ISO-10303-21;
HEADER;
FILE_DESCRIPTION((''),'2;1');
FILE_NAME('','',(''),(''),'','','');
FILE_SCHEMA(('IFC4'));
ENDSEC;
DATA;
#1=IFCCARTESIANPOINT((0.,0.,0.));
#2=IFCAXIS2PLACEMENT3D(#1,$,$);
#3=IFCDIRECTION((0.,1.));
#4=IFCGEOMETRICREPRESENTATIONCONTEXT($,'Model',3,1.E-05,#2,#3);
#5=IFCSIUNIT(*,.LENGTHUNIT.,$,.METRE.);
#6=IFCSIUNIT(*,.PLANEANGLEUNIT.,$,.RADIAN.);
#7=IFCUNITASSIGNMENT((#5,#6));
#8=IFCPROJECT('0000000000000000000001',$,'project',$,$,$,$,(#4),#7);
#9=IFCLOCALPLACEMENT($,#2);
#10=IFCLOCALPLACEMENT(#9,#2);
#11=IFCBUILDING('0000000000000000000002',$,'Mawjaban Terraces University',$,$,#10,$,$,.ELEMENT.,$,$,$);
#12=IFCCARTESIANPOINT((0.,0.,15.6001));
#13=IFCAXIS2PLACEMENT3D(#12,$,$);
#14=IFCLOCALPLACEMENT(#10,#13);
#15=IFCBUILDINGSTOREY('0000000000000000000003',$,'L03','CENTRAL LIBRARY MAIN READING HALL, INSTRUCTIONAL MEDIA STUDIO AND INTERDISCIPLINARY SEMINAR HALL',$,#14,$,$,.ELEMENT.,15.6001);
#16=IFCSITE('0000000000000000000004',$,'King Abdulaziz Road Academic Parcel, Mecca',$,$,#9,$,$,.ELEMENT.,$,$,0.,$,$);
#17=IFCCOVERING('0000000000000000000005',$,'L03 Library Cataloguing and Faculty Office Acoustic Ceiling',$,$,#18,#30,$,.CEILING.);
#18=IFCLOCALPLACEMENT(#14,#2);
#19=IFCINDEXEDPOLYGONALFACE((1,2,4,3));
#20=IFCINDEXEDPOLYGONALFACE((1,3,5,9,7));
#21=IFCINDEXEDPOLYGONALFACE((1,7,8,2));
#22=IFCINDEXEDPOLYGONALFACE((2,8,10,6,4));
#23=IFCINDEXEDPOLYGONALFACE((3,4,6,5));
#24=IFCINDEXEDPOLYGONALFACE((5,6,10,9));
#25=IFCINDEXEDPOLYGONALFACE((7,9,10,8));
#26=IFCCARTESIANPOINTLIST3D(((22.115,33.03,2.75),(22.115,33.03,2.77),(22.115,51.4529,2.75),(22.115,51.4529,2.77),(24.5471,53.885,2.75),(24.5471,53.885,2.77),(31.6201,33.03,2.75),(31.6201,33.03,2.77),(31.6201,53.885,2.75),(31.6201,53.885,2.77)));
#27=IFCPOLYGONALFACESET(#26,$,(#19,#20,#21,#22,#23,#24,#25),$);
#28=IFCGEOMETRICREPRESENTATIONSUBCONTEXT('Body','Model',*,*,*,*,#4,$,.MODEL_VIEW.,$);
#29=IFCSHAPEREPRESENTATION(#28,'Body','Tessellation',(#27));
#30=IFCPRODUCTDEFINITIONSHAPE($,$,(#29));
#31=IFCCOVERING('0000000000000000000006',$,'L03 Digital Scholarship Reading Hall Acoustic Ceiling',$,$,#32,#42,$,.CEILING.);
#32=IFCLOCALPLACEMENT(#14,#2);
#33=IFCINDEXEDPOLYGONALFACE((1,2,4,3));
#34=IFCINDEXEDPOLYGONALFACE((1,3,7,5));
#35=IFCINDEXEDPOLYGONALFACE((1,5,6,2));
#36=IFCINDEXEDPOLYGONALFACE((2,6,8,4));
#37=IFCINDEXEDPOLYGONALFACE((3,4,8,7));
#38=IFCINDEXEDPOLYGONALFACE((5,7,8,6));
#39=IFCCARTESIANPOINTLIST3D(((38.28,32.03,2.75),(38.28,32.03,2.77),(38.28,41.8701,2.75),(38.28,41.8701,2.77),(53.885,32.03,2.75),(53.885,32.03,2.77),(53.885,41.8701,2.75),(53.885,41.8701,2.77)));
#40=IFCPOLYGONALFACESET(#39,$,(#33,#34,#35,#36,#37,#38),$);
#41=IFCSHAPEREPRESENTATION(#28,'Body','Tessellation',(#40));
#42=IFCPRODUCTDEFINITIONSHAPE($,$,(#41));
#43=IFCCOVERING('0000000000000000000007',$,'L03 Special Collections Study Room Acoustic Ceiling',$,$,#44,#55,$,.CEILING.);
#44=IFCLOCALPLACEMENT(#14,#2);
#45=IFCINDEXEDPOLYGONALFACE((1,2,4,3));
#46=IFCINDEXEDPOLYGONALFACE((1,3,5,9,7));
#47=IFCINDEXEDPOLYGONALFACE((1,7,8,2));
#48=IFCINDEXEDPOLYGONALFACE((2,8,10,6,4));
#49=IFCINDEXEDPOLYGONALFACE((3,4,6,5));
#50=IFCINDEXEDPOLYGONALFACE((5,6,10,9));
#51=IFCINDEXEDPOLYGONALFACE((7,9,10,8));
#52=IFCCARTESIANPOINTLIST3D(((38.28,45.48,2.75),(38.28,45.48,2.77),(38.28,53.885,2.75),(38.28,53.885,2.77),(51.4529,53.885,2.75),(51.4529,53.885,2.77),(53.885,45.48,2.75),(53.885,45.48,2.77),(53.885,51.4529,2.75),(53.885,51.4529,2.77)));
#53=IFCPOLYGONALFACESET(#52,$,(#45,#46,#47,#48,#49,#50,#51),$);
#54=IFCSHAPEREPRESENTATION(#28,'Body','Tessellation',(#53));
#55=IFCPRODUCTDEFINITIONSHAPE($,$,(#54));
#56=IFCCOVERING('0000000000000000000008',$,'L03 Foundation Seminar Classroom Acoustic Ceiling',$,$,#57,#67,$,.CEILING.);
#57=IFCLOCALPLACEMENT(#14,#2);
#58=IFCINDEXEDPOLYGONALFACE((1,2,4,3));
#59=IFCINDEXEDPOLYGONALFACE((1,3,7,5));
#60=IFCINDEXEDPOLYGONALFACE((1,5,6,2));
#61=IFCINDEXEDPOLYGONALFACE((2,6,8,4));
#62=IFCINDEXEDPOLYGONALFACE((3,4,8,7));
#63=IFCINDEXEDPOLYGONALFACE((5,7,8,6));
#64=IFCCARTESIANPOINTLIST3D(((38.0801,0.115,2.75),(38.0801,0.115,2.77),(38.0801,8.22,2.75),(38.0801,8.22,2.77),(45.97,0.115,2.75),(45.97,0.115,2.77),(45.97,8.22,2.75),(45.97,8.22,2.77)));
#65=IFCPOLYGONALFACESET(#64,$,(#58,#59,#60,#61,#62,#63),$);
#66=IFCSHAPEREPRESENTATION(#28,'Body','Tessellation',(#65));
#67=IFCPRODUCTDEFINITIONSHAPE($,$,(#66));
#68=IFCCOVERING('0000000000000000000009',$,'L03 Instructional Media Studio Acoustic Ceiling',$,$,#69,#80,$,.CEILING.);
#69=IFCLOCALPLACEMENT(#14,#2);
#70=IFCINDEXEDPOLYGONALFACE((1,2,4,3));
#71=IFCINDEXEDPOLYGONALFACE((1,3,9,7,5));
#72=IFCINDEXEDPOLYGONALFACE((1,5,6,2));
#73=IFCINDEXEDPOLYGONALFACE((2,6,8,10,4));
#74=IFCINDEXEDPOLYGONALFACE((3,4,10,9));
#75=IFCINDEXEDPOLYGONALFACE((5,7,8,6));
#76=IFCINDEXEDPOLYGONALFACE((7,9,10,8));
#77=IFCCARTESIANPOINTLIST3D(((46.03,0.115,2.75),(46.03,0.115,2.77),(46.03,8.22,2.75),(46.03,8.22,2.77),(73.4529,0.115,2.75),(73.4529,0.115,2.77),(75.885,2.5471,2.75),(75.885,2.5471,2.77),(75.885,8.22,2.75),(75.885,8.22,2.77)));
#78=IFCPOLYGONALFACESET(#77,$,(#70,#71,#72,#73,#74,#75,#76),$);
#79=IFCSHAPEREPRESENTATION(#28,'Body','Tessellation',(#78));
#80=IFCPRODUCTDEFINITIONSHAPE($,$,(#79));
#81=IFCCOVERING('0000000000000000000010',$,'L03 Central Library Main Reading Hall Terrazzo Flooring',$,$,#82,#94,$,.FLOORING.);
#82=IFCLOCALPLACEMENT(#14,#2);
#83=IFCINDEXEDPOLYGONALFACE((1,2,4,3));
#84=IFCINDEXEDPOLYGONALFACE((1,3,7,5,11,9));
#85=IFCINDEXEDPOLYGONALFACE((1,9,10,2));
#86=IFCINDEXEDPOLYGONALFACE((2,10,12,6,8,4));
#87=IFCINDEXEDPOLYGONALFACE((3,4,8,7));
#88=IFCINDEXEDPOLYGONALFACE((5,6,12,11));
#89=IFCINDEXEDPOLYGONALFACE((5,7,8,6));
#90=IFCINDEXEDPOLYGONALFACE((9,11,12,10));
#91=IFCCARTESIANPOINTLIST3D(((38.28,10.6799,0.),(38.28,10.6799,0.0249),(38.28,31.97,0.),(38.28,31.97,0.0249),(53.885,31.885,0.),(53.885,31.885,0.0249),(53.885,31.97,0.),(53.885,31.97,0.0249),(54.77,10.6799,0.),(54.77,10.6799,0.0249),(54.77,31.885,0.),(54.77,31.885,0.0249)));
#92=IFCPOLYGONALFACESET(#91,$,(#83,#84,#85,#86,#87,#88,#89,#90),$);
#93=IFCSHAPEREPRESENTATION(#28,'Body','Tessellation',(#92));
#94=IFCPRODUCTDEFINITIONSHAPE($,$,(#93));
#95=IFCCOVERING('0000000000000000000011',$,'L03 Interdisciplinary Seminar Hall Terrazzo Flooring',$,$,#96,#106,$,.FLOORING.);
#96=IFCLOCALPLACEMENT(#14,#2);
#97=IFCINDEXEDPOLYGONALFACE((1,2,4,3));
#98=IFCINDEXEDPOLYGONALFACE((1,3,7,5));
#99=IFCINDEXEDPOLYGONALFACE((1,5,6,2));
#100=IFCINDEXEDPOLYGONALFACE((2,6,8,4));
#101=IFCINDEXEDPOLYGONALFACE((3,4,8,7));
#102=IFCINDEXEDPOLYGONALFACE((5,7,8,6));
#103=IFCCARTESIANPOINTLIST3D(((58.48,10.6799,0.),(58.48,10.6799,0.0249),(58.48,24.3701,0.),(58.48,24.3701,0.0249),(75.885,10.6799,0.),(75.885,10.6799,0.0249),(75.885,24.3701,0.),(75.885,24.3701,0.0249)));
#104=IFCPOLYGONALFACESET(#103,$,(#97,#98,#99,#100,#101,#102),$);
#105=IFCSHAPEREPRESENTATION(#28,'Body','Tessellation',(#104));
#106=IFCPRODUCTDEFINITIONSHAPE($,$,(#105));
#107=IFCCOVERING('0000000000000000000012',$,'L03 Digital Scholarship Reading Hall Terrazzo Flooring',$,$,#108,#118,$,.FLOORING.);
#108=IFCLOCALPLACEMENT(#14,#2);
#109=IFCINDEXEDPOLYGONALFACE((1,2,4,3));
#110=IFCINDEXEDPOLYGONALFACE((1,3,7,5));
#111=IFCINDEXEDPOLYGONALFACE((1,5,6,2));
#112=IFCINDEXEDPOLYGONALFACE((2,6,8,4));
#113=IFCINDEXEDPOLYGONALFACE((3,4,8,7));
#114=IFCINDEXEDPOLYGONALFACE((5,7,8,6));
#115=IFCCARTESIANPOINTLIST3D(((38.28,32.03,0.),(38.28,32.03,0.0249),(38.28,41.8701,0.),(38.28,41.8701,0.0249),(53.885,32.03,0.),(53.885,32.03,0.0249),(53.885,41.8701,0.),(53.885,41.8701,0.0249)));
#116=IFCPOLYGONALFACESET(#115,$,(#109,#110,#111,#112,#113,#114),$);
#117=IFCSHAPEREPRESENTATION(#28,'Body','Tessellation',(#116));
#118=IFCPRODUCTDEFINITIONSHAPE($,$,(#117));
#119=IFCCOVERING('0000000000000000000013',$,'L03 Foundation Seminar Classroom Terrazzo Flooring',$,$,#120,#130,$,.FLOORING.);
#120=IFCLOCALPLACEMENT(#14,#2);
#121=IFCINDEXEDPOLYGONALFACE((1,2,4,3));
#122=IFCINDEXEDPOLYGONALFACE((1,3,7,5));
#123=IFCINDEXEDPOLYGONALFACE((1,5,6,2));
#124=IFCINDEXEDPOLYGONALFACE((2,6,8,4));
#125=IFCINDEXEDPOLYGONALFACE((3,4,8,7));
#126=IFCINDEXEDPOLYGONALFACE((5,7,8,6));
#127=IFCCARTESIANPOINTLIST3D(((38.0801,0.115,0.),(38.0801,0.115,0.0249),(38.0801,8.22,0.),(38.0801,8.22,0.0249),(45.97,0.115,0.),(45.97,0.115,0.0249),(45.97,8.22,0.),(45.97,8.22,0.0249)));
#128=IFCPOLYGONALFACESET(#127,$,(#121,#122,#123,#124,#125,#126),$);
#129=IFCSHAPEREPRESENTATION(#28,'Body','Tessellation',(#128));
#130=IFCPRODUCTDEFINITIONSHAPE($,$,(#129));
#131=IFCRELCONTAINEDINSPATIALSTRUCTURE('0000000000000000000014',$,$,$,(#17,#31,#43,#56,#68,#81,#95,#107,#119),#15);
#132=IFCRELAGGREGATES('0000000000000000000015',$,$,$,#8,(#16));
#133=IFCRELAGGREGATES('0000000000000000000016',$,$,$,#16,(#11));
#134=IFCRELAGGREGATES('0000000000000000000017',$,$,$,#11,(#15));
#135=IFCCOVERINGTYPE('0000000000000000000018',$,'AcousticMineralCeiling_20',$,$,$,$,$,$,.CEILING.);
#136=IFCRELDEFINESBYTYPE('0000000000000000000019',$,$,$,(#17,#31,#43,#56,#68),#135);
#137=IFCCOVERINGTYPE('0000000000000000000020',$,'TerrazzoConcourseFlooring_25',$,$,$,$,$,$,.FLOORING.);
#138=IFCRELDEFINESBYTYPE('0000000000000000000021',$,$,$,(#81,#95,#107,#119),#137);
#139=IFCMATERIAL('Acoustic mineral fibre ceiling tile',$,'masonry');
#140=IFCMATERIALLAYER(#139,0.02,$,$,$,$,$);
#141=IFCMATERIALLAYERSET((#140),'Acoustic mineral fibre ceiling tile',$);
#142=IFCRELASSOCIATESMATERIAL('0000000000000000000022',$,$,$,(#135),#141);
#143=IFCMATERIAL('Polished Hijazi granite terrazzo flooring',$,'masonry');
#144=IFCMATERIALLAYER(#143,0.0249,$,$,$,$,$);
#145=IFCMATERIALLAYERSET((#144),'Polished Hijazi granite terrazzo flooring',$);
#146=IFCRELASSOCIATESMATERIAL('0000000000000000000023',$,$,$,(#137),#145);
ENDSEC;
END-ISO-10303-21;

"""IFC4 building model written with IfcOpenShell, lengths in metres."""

from ifc_helpers import new_model, si_unit, direction, frame, origin, place, context, subcontext, project, spatial, polyline, outline, extrude, material, layer, layer_set, type_object, element, save


model = new_model("IFC4")

# Units and contexts
model_context = context("Model", 3, precision=1e-05, world=origin(), true_north=direction((0.0, 1.0)))
body_context = subcontext(model_context, "Body", "Model", "MODEL_VIEW")
ifc_project = project(units=[si_unit("LENGTHUNIT", "METRE"), si_unit("PLANEANGLEUNIT", "RADIAN")], contexts=[model_context])

# Site, building, storey
site_placement = place(None, origin())
site = spatial("IfcSite", under=ifc_project, at=site_placement, Name="King Abdulaziz Road Academic Parcel, Mecca", CompositionType="ELEMENT", RefElevation=0.0)
building_placement = place(site_placement, origin())
building = spatial("IfcBuilding", under=site, at=building_placement, Name="Mawjaban Terraces University", CompositionType="ELEMENT")
storey_placement = place(building_placement, frame((0.0, 0.0, 15.6001)))
storey = spatial("IfcBuildingStorey", under=building, at=storey_placement, Name="L03", Description="CENTRAL LIBRARY MAIN READING HALL, INSTRUCTIONAL MEDIA STUDIO AND INTERDISCIPLINARY SEMINAR HALL", CompositionType="ELEMENT", Elevation=15.6001)

# Coverings
ifc_material_1 = material(Name="Acoustic mineral fibre ceiling tile", Category="masonry")
ifc_layer_1 = layer(ifc_material_1, 0.02)
ifc_layer_set_1 = layer_set([ifc_layer_1], Name="Acoustic mineral fibre ceiling tile")
covering_type_1 = type_object("IfcCoveringType", Name="AcousticMineralCeiling_20", PredefinedType="CEILING", material=ifc_layer_set_1)
covering_1_placement = place(storey_placement, frame((0.0, 0.0, 2.75)))
element("IfcCovering", 1, at=covering_1_placement, inside=storey, type_object=covering_type_1, Name="L03 Library Cataloguing and Faculty Office Acoustic Ceiling", PredefinedType="CEILING", context=body_context, shape_type="SweptSolid", body=[
    extrude(outline(polyline([(31.6201, 53.885), (24.5471, 53.885), (22.115, 51.4529), (22.115, 33.03), (31.6201, 33.03), (31.6201, 53.885)])), origin(), (0.0, 0.0, 1.0), 0.02),
])
covering_2_placement = place(storey_placement, frame((0.0, 0.0, 2.75)))
element("IfcCovering", 2, at=covering_2_placement, inside=storey, type_object=covering_type_1, Name="L03 Digital Scholarship Reading Hall Acoustic Ceiling", PredefinedType="CEILING", context=body_context, shape_type="SweptSolid", body=[
    extrude(outline(polyline([(53.885, 32.03), (53.885, 41.8701), (38.28, 41.8701), (38.28, 32.03), (53.885, 32.03)])), origin(), (0.0, 0.0, 1.0), 0.02),
])
covering_3_placement = place(storey_placement, frame((0.0, 0.0, 2.75)))
element("IfcCovering", 3, at=covering_3_placement, inside=storey, type_object=covering_type_1, Name="L03 Special Collections Study Room Acoustic Ceiling", PredefinedType="CEILING", context=body_context, shape_type="SweptSolid", body=[
    extrude(outline(polyline([(53.885, 45.48), (53.885, 51.4529), (51.4529, 53.885), (38.28, 53.885), (38.28, 45.48), (53.885, 45.48)])), origin(), (0.0, 0.0, 1.0), 0.02),
])
covering_4_placement = place(storey_placement, frame((0.0, 0.0, 2.75)))
element("IfcCovering", 4, at=covering_4_placement, inside=storey, type_object=covering_type_1, Name="L03 Foundation Seminar Classroom Acoustic Ceiling", PredefinedType="CEILING", context=body_context, shape_type="SweptSolid", body=[
    extrude(outline(polyline([(38.0801, 0.115), (45.97, 0.115), (45.97, 8.22), (38.0801, 8.22), (38.0801, 0.115)])), origin(), (0.0, 0.0, 1.0), 0.02),
])
covering_5_placement = place(storey_placement, frame((0.0, 0.0, 2.75)))
element("IfcCovering", 5, at=covering_5_placement, inside=storey, type_object=covering_type_1, Name="L03 Instructional Media Studio Acoustic Ceiling", PredefinedType="CEILING", context=body_context, shape_type="SweptSolid", body=[
    extrude(outline(polyline([(46.03, 0.115), (73.4529, 0.115), (75.885, 2.5471), (75.885, 8.22), (46.03, 8.22), (46.03, 0.115)])), origin(), (0.0, 0.0, 1.0), 0.02),
])
ifc_material_2 = material(Name="Polished Hijazi granite terrazzo flooring", Category="masonry")
ifc_layer_2 = layer(ifc_material_2, 0.0249)
ifc_layer_set_2 = layer_set([ifc_layer_2], Name="Polished Hijazi granite terrazzo flooring")
covering_type_2 = type_object("IfcCoveringType", Name="TerrazzoConcourseFlooring_25", PredefinedType="FLOORING", material=ifc_layer_set_2)
covering_6_placement = place(storey_placement, origin())
element("IfcCovering", 6, at=covering_6_placement, inside=storey, type_object=covering_type_2, Name="L03 Central Library Main Reading Hall Terrazzo Flooring", PredefinedType="FLOORING", context=body_context, shape_type="SweptSolid", body=[
    extrude(outline(polyline([(54.77, 31.885), (53.885, 31.885), (53.885, 31.97), (38.28, 31.97), (38.28, 10.6799), (54.77, 10.6799), (54.77, 31.885)])), origin(), (0.0, 0.0, 1.0), 0.0249),
])
covering_7_placement = place(storey_placement, origin())
element("IfcCovering", 7, at=covering_7_placement, inside=storey, type_object=covering_type_2, Name="L03 Interdisciplinary Seminar Hall Terrazzo Flooring", PredefinedType="FLOORING", context=body_context, shape_type="SweptSolid", body=[
    extrude(outline(polyline([(75.885, 10.6799), (75.885, 24.3701), (58.48, 24.3701), (58.48, 10.6799), (75.885, 10.6799)])), origin(), (0.0, 0.0, 1.0), 0.0249),
])
covering_8_placement = place(storey_placement, origin())
element("IfcCovering", 8, at=covering_8_placement, inside=storey, type_object=covering_type_2, Name="L03 Digital Scholarship Reading Hall Terrazzo Flooring", PredefinedType="FLOORING", context=body_context, shape_type="SweptSolid", body=[
    extrude(outline(polyline([(53.885, 32.03), (53.885, 41.8701), (38.28, 41.8701), (38.28, 32.03), (53.885, 32.03)])), origin(), (0.0, 0.0, 1.0), 0.0249),
])
covering_9_placement = place(storey_placement, origin())
element("IfcCovering", 9, at=covering_9_placement, inside=storey, type_object=covering_type_2, Name="L03 Foundation Seminar Classroom Terrazzo Flooring", PredefinedType="FLOORING", context=body_context, shape_type="SweptSolid", body=[
    extrude(outline(polyline([(38.0801, 0.115), (45.97, 0.115), (45.97, 8.22), (38.0801, 8.22), (38.0801, 0.115)])), origin(), (0.0, 0.0, 1.0), 0.0249),
])

save(model, "model.ifc")
